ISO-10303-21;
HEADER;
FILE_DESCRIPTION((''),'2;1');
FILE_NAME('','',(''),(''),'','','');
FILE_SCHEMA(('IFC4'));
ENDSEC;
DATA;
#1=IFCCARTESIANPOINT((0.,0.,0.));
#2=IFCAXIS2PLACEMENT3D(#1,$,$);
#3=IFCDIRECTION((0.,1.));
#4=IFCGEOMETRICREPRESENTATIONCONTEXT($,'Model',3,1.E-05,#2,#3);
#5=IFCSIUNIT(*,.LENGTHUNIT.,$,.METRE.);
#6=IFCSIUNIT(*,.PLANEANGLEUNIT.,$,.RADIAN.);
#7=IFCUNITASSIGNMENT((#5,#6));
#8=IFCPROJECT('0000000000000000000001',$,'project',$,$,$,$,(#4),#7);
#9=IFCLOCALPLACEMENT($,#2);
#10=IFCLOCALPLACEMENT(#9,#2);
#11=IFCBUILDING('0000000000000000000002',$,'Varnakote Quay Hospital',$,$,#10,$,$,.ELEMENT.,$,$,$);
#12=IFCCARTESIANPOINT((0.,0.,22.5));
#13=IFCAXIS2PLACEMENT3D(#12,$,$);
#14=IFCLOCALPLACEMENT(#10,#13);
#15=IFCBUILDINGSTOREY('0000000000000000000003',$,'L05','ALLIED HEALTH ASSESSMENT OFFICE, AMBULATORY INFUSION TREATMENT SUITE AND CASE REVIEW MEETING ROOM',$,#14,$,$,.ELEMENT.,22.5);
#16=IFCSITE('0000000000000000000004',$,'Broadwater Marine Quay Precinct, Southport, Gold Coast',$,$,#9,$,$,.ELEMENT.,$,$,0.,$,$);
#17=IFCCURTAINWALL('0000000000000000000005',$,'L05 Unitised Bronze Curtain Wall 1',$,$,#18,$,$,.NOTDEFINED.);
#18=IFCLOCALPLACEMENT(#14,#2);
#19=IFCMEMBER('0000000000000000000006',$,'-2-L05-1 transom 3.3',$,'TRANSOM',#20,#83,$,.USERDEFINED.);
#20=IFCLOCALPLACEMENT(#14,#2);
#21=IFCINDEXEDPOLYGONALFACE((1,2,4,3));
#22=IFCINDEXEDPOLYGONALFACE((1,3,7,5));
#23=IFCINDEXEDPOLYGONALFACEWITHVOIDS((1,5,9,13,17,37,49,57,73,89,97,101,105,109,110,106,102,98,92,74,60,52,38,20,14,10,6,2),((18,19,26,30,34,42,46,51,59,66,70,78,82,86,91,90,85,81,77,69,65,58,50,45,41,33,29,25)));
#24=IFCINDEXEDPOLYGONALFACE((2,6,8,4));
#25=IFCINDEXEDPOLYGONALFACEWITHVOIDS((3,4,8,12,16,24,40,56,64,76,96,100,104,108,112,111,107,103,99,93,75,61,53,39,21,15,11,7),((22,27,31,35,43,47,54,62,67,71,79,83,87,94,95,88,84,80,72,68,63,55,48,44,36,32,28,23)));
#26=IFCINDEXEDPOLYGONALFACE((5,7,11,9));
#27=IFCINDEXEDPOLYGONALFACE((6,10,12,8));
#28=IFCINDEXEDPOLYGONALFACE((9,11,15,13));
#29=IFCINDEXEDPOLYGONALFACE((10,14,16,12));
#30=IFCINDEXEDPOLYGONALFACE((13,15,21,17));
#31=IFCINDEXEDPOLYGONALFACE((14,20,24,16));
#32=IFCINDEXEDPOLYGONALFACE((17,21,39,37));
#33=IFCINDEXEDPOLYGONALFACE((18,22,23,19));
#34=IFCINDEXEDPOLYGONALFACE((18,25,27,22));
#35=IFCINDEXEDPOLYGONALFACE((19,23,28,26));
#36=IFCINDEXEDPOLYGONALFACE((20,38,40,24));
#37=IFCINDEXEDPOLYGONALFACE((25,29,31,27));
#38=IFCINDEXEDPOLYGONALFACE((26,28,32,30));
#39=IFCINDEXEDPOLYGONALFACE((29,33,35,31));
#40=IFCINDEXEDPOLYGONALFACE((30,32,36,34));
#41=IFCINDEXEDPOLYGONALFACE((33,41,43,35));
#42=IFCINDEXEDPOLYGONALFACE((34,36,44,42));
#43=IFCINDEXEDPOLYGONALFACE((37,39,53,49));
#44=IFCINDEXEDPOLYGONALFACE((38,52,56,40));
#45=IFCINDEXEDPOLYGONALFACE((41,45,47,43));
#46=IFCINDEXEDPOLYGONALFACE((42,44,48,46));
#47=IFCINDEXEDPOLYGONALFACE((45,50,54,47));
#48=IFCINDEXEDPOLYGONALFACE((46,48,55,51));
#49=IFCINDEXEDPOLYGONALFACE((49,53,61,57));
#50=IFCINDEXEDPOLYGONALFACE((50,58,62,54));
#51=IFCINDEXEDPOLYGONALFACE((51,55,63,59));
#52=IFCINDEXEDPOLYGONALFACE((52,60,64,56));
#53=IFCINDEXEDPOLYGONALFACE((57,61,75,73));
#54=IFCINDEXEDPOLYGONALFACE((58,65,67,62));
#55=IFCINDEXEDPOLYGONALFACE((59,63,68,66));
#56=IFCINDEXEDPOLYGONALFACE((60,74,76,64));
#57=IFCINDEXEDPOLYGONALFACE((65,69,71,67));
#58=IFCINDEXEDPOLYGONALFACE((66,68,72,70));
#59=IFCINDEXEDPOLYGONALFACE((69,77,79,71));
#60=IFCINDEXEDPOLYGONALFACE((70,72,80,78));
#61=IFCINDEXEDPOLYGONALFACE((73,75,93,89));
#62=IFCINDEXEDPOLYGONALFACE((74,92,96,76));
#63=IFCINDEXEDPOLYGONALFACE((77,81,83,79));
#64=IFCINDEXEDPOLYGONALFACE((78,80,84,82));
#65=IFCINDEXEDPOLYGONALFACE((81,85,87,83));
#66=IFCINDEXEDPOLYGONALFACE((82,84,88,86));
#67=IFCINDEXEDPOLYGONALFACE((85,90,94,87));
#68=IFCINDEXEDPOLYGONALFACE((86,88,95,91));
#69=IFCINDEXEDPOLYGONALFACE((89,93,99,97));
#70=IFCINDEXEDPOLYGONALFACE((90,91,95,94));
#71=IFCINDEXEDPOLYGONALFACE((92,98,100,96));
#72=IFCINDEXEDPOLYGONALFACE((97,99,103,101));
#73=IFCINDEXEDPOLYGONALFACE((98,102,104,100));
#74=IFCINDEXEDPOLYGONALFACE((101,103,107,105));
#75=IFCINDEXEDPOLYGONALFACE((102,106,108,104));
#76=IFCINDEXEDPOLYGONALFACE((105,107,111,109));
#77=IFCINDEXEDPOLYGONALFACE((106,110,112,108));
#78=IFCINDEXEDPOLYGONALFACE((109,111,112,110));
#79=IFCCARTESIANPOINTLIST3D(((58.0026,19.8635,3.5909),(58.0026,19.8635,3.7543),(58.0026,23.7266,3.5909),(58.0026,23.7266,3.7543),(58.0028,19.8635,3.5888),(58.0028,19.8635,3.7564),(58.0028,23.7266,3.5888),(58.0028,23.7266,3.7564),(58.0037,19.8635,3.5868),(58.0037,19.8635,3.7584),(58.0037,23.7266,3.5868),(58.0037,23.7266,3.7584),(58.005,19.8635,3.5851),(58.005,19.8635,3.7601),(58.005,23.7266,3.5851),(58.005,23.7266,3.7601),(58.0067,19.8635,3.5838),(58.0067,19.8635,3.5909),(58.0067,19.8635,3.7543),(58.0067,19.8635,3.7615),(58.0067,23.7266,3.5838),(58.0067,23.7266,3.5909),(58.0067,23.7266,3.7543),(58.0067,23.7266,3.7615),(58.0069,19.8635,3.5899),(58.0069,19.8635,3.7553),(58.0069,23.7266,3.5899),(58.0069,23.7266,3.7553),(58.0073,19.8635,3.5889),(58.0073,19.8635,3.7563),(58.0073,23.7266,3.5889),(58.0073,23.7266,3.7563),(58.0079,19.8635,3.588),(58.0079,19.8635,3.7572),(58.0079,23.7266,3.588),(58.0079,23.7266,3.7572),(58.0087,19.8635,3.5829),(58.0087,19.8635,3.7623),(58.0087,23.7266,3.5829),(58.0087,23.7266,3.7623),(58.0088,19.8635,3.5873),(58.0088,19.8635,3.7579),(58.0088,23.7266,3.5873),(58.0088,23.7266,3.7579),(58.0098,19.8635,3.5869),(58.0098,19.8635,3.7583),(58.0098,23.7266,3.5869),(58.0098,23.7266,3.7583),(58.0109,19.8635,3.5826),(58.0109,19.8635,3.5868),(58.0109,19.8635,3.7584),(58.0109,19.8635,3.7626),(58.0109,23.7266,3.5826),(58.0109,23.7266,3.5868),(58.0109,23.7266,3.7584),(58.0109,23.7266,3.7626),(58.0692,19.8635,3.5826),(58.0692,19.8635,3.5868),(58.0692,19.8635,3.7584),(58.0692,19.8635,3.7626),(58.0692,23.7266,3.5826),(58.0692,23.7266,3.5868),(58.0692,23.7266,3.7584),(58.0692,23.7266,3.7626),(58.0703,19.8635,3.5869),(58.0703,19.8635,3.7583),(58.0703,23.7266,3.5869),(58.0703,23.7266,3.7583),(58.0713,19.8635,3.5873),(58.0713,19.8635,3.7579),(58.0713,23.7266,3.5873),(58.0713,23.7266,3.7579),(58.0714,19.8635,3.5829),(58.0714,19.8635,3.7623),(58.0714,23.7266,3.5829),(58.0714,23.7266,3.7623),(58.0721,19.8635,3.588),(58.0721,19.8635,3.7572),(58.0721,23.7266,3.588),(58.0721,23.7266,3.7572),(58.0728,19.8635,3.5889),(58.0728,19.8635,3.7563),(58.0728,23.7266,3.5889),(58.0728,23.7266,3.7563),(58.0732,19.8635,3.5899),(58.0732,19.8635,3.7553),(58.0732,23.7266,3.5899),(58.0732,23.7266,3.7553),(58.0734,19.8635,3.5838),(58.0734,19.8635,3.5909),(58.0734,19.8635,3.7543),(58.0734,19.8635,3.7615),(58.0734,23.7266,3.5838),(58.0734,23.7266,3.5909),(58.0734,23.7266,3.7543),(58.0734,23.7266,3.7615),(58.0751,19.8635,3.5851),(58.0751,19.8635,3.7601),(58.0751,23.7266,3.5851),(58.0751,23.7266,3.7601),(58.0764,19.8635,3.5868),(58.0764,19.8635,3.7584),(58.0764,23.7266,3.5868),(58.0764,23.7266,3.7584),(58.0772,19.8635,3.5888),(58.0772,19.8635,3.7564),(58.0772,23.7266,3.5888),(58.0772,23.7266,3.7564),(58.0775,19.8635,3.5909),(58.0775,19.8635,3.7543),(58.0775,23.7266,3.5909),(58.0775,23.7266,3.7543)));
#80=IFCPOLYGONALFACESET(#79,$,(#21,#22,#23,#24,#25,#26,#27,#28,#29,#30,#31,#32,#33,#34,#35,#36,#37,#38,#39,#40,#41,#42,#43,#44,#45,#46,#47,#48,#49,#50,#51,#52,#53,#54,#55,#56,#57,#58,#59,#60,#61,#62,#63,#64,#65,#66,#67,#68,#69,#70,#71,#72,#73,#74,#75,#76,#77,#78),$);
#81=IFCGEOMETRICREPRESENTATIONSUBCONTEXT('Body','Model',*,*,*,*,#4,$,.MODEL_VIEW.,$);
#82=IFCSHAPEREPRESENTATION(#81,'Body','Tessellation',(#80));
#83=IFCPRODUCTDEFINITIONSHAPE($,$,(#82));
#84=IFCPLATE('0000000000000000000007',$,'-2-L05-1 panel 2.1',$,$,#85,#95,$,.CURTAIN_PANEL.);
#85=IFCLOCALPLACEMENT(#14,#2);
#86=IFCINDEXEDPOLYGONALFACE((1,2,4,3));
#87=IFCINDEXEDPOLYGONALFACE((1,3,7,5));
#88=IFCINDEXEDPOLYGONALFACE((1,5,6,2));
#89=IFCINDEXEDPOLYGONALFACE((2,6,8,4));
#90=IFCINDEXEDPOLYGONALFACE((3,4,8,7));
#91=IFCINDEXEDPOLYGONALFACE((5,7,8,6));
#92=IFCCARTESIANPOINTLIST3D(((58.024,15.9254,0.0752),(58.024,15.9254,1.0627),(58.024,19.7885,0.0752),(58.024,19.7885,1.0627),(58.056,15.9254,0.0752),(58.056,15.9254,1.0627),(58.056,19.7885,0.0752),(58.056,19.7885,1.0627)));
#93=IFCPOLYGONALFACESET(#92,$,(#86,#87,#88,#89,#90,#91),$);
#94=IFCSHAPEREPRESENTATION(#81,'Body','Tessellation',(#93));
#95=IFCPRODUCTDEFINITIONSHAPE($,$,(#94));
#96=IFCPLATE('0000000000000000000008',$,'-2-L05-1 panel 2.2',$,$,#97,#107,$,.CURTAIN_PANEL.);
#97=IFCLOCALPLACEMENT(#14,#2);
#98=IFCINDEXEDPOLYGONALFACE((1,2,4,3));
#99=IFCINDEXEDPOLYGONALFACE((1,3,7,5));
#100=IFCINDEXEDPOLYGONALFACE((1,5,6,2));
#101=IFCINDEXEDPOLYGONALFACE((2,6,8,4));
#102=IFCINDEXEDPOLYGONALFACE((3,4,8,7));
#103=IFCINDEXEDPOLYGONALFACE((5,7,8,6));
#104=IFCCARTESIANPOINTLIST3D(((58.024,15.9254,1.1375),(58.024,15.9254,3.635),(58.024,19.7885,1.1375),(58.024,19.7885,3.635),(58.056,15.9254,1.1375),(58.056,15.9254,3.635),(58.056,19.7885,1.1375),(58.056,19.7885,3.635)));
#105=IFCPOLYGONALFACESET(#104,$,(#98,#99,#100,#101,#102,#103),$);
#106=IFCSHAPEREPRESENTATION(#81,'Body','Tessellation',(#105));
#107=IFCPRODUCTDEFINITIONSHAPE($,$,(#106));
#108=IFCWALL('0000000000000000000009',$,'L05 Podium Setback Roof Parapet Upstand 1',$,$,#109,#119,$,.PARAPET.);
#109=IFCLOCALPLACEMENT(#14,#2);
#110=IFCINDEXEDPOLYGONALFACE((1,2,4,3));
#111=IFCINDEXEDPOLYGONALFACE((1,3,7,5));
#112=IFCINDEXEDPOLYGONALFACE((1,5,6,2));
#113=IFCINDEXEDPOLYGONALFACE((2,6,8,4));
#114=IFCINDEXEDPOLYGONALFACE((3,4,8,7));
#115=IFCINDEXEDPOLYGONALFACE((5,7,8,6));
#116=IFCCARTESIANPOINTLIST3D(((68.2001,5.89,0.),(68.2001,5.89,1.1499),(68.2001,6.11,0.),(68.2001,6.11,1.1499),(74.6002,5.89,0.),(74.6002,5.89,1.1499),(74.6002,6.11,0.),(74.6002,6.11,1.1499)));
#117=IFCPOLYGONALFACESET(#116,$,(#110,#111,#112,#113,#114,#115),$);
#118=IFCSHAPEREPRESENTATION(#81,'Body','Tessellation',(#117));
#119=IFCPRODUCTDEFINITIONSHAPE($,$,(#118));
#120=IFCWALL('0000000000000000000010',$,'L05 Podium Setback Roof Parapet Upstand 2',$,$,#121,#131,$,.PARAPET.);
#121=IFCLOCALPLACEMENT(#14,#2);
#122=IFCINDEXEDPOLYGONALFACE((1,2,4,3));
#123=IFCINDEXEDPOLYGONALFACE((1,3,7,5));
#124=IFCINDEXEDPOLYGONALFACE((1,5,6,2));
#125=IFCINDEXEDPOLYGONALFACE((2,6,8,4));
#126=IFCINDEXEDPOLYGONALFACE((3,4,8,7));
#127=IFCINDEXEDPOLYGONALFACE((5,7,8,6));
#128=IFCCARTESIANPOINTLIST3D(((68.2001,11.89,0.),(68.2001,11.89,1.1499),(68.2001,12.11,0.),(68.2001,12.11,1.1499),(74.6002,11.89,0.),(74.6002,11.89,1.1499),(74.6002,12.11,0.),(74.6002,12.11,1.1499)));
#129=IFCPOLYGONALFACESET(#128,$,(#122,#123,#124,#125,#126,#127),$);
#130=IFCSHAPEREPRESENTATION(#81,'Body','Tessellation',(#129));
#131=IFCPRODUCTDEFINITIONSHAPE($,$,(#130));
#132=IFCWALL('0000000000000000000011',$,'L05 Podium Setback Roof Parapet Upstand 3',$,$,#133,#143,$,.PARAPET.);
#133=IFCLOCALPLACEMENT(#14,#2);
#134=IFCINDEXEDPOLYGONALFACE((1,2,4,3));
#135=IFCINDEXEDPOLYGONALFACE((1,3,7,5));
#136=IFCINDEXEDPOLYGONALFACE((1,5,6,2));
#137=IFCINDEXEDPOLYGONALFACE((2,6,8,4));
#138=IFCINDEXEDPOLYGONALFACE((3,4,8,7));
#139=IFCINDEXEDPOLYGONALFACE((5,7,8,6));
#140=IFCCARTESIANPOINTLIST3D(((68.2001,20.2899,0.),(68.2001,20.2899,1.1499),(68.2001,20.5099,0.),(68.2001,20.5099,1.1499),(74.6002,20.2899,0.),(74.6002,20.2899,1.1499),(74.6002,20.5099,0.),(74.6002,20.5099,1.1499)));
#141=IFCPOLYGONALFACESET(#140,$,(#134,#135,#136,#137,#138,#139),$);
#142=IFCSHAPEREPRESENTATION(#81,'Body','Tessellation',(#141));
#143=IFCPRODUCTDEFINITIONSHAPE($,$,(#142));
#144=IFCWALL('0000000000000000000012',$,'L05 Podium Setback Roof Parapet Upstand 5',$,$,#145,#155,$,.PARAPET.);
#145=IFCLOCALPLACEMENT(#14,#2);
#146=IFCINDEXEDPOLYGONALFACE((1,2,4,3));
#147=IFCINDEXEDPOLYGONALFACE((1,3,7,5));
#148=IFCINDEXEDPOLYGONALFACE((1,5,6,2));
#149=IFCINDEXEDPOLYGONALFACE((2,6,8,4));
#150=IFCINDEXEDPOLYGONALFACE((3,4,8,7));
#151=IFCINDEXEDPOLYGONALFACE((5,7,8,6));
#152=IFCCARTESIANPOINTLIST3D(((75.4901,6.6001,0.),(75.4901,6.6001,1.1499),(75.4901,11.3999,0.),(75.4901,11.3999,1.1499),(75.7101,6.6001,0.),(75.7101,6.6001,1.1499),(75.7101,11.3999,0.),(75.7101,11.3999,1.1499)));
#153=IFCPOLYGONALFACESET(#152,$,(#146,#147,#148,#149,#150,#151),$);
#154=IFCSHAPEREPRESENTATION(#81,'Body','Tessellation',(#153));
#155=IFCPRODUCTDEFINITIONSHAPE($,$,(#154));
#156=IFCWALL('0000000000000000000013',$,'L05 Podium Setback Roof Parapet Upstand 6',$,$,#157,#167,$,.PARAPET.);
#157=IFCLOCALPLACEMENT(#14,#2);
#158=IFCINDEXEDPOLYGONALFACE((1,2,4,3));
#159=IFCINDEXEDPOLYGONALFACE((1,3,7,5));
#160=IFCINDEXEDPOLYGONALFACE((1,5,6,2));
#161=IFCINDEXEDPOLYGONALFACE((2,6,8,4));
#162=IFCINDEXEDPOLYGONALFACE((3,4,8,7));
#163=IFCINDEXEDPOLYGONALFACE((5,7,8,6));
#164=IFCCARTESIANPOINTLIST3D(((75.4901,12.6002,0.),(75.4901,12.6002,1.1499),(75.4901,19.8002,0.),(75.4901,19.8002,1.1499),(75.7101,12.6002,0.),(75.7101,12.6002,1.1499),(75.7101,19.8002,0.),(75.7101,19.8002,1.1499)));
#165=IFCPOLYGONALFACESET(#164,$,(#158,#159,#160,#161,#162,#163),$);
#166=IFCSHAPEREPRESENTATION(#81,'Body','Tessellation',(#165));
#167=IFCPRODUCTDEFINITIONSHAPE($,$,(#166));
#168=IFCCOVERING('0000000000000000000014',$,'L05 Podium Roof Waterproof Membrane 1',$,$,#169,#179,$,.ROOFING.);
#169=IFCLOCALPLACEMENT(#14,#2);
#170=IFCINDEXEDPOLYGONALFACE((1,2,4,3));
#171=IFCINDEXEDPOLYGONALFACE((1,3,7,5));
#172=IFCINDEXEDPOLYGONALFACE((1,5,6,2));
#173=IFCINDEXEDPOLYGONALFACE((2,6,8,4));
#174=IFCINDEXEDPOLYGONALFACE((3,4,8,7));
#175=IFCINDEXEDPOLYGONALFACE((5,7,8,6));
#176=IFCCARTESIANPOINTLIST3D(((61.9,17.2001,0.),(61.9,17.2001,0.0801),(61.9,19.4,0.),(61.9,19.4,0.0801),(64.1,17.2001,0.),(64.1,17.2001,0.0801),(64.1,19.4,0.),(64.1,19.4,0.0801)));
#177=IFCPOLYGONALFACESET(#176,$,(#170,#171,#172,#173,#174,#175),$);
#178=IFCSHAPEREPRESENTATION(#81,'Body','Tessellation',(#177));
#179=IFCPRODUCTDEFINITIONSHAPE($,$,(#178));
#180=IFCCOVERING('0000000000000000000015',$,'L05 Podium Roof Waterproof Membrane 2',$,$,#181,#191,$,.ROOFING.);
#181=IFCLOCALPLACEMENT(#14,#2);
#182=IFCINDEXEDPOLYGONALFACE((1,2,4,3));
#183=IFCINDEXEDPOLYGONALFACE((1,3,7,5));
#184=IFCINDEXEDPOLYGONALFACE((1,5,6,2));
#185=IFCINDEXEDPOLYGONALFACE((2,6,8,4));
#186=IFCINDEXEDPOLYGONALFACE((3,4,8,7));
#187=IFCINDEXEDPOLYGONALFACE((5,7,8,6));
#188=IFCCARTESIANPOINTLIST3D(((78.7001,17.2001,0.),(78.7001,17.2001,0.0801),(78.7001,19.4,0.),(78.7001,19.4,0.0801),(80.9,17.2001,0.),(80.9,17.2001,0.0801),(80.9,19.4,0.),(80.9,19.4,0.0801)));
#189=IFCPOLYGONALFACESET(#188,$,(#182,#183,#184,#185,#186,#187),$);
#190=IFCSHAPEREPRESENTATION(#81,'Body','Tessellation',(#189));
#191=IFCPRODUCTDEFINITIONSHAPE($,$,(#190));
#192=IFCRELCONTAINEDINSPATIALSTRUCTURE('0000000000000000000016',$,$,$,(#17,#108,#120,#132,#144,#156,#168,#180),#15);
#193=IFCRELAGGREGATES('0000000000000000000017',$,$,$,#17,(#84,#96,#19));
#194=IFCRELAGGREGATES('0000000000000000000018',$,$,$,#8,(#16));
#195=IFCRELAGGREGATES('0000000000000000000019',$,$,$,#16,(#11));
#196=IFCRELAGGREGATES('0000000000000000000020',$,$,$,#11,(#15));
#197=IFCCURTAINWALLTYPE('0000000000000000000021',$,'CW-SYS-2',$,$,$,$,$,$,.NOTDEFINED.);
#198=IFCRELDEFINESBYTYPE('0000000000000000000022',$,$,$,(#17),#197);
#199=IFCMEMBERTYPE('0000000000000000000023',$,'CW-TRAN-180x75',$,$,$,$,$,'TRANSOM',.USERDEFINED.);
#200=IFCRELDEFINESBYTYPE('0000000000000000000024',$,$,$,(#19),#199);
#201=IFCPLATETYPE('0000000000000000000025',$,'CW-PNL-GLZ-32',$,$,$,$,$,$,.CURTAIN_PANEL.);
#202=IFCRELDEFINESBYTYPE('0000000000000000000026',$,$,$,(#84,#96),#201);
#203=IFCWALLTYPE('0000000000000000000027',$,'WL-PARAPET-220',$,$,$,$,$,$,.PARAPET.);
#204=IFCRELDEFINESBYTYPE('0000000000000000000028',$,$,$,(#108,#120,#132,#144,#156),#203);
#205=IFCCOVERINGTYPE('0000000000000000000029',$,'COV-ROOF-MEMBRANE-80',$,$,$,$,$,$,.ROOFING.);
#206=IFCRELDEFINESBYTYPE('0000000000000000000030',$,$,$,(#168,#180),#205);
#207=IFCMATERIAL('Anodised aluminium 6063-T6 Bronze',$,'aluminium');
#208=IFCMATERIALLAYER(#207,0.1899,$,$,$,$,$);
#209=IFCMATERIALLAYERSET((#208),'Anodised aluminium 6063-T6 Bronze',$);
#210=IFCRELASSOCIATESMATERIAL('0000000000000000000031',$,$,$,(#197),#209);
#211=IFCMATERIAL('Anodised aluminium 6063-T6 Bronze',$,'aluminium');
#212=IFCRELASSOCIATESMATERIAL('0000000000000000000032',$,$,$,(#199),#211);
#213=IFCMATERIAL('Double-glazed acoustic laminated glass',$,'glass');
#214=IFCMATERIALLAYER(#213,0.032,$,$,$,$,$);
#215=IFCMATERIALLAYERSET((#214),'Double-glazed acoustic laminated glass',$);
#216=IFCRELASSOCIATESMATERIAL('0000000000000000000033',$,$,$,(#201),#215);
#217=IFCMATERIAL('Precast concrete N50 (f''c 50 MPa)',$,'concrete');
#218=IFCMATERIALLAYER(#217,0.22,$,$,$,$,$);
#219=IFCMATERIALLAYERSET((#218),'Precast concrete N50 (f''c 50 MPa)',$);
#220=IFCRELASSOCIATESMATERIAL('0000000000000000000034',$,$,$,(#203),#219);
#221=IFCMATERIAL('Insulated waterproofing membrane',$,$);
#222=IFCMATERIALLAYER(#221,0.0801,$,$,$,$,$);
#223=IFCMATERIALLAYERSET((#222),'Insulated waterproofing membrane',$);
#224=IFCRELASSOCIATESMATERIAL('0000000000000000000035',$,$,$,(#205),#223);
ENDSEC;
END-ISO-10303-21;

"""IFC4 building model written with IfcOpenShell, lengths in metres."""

from ifc_helpers import new_model, si_unit, direction, frame, frame_2d, origin, origin_2d, place, context, subcontext, project, spatial, rectangle, hollow_rectangle, extrude, material, layer, layer_set, material_profile, profile_set, type_object, element, aggregate, save


model = new_model("IFC4")

# Units and contexts
model_context = context("Model", 3, precision=1e-05, world=origin(), true_north=direction((0.0, 1.0)))
body_context = subcontext(model_context, "Body", "Model", "MODEL_VIEW")
ifc_project = project(units=[si_unit("LENGTHUNIT", "METRE"), si_unit("PLANEANGLEUNIT", "RADIAN")], contexts=[model_context])

# Site, building, storey
site_placement = place(None, origin())
site = spatial("IfcSite", under=ifc_project, at=site_placement, Name="Broadwater Marine Quay Precinct, Southport, Gold Coast", CompositionType="ELEMENT", RefElevation=0.0)
building_placement = place(site_placement, origin())
building = spatial("IfcBuilding", under=site, at=building_placement, Name="Varnakote Quay Hospital", CompositionType="ELEMENT")
storey_placement = place(building_placement, frame((0.0, 0.0, 22.5)))
storey = spatial("IfcBuildingStorey", under=building, at=storey_placement, Name="L05", Description="ALLIED HEALTH ASSESSMENT OFFICE, AMBULATORY INFUSION TREATMENT SUITE AND CASE REVIEW MEETING ROOM", CompositionType="ELEMENT", Elevation=22.5)

# Curtain wall, member, plates
ifc_material_1 = material(Name="Anodised aluminium 6063-T6 Bronze", Category="aluminium")
ifc_layer_1 = layer(ifc_material_1, 0.1899)
ifc_layer_set_1 = layer_set([ifc_layer_1], Name="Anodised aluminium 6063-T6 Bronze")
curtain_wall_type = type_object("IfcCurtainWallType", Name="CW-SYS-2", PredefinedType="NOTDEFINED", material=ifc_layer_set_1)
curtain_wall_placement = place(storey_placement, origin())
curtain_wall = element("IfcCurtainWall", 1, at=curtain_wall_placement, inside=storey, type_object=curtain_wall_type, Name="L05 Unitised Bronze Curtain Wall 1", PredefinedType="NOTDEFINED")
ifc_material_2 = material(Name="Anodised aluminium 6063-T6 Bronze", Category="aluminium")
ifc_material_profile_1 = material_profile(ifc_material_2, hollow_rectangle(XDim=0.075, YDim=0.1799, WallThickness=0.0042, InnerFilletRadius=0.0042, OuterFilletRadius=0.0083, at=origin_2d()), Name="CW-TRAN-180x75")
ifc_profile_set_1 = profile_set([ifc_material_profile_1], Name="Anodised aluminium 6063-T6 Bronze")
member_type_1 = type_object("IfcMemberType", Name="CW-TRAN-180x75", ElementType="TRANSOM", PredefinedType="USERDEFINED", material=ifc_profile_set_1)
member_1_placement = place(storey_placement, frame((58.04, 19.8635, 3.6726), z_axis=(0.0, 1.0, 0.0), x_axis=(-1.0, 0.0, 0.0)))
member_1 = element("IfcMember", 2, at=member_1_placement, type_object=member_type_1, Name="-2-L05-1 transom 3.3", ObjectType="TRANSOM", PredefinedType="USERDEFINED", context=body_context, shape_type="SweptSolid", body=[
    extrude(hollow_rectangle(XDim=0.075, YDim=0.1799, WallThickness=0.0042, InnerFilletRadius=0.0042, OuterFilletRadius=0.0083, at=origin_2d()), origin(), (0.0, 0.0, 1.0), 3.863),
])
ifc_material_3 = material(Name="Double-glazed acoustic laminated glass", Category="glass")
ifc_layer_2 = layer(ifc_material_3, 0.032)
ifc_layer_set_2 = layer_set([ifc_layer_2], Name="Double-glazed acoustic laminated glass")
plate_type = type_object("IfcPlateType", Name="CW-PNL-GLZ-32", PredefinedType="CURTAIN_PANEL", material=ifc_layer_set_2)
plate_1_placement = place(storey_placement, frame((58.04, 17.8569, 0.0752), z_axis=(0.0, 0.0, 1.0), x_axis=(0.0, 1.0, 0.0)))
plate_1 = element("IfcPlate", 3, at=plate_1_placement, type_object=plate_type, Name="-2-L05-1 panel 2.1", PredefinedType="CURTAIN_PANEL", context=body_context, shape_type="SweptSolid", body=[
    extrude(rectangle(XDim=3.863, YDim=0.032, at=origin_2d()), origin(), (0.0, 0.0, 1.0), 0.9875),
])
plate_2_placement = place(storey_placement, frame((58.04, 17.8569, 1.1375), z_axis=(0.0, 0.0, 1.0), x_axis=(0.0, 1.0, 0.0)))
plate_2 = element("IfcPlate", 4, at=plate_2_placement, type_object=plate_type, Name="-2-L05-1 panel 2.2", PredefinedType="CURTAIN_PANEL", context=body_context, shape_type="SweptSolid", body=[
    extrude(rectangle(XDim=3.863, YDim=0.032, at=origin_2d()), origin(), (0.0, 0.0, 1.0), 2.4976),
])
aggregate(curtain_wall, [plate_1, plate_2, member_1])

# Walls
ifc_material_4 = material(Name="Precast concrete N50 (f'c 50 MPa)", Category="concrete")
ifc_layer_3 = layer(ifc_material_4, 0.22)
ifc_layer_set_3 = layer_set([ifc_layer_3], Name="Precast concrete N50 (f'c 50 MPa)")
wall_type = type_object("IfcWallType", Name="WL-PARAPET-220", PredefinedType="PARAPET", material=ifc_layer_set_3)
for number, where, z_axis, x_axis, name in (
    (5, (68.2, 6.0, 0.0), (0.0, 0.0, 1.0), (1.0, 0.0, 0.0), "L05 Podium Setback Roof Parapet Upstand 1"),
    (6, (68.2, 12.0, 0.0), (0.0, 0.0, 1.0), (1.0, 0.0, 0.0), "L05 Podium Setback Roof Parapet Upstand 2"),
    (7, (68.2, 20.3999, 0.0), (0.0, 0.0, 1.0), (1.0, 0.0, 0.0), "L05 Podium Setback Roof Parapet Upstand 3"),
):
    element("IfcWall", number, at=place(storey_placement, frame(where, z_axis=z_axis, x_axis=x_axis)), inside=storey, type_object=wall_type, Name=name, PredefinedType="PARAPET", context=body_context, shape_type="SweptSolid", body=[
        extrude(rectangle(XDim=6.4001, YDim=0.22, at=frame_2d((3.2002, 0.0))), origin(), (0.0, 0.0, 1.0), 1.1499),
    ])
wall_1_placement = place(storey_placement, frame((75.6001, 6.6001, 0.0), z_axis=(0.0, 0.0, 1.0), x_axis=(0.0, 1.0, 0.0)))
element("IfcWall", 8, at=wall_1_placement, inside=storey, type_object=wall_type, Name="L05 Podium Setback Roof Parapet Upstand 5", PredefinedType="PARAPET", context=body_context, shape_type="SweptSolid", body=[
    extrude(rectangle(XDim=4.7998, YDim=0.22, at=frame_2d((2.3999, 0.0))), origin(), (0.0, 0.0, 1.0), 1.1499),
])
wall_2_placement = place(storey_placement, frame((75.6001, 12.6001, 0.0), z_axis=(0.0, 0.0, 1.0), x_axis=(0.0, 1.0, 0.0)))
element("IfcWall", 9, at=wall_2_placement, inside=storey, type_object=wall_type, Name="L05 Podium Setback Roof Parapet Upstand 6", PredefinedType="PARAPET", context=body_context, shape_type="SweptSolid", body=[
    extrude(rectangle(XDim=7.2, YDim=0.22, at=frame_2d((3.6001, 0.0))), origin(), (0.0, 0.0, 1.0), 1.1499),
])

# Coverings
ifc_material_5 = material(Name="Insulated waterproofing membrane")
ifc_layer_4 = layer(ifc_material_5, 0.0801)
ifc_layer_set_4 = layer_set([ifc_layer_4], Name="Insulated waterproofing membrane")
covering_type = type_object("IfcCoveringType", Name="COV-ROOF-MEMBRANE-80", PredefinedType="ROOFING", material=ifc_layer_set_4)
for number, where, z_axis, x_axis, name in (
    (10, (63.0, 18.3, 0.0), (0.0, 0.0, 1.0), (1.0, 0.0, 0.0), "L05 Podium Roof Waterproof Membrane 1"),
    (11, (79.8, 18.3, 0.0), (0.0, 0.0, 1.0), (1.0, 0.0, 0.0), "L05 Podium Roof Waterproof Membrane 2"),
):
    element("IfcCovering", number, at=place(storey_placement, frame(where, z_axis=z_axis, x_axis=x_axis)), inside=storey, type_object=covering_type, Name=name, PredefinedType="ROOFING", context=body_context, shape_type="SweptSolid", body=[
        extrude(rectangle(XDim=2.2, YDim=2.2, at=origin_2d()), origin(), (0.0, 0.0, 1.0), 0.0801),
    ])

save(model, "model.ifc")
